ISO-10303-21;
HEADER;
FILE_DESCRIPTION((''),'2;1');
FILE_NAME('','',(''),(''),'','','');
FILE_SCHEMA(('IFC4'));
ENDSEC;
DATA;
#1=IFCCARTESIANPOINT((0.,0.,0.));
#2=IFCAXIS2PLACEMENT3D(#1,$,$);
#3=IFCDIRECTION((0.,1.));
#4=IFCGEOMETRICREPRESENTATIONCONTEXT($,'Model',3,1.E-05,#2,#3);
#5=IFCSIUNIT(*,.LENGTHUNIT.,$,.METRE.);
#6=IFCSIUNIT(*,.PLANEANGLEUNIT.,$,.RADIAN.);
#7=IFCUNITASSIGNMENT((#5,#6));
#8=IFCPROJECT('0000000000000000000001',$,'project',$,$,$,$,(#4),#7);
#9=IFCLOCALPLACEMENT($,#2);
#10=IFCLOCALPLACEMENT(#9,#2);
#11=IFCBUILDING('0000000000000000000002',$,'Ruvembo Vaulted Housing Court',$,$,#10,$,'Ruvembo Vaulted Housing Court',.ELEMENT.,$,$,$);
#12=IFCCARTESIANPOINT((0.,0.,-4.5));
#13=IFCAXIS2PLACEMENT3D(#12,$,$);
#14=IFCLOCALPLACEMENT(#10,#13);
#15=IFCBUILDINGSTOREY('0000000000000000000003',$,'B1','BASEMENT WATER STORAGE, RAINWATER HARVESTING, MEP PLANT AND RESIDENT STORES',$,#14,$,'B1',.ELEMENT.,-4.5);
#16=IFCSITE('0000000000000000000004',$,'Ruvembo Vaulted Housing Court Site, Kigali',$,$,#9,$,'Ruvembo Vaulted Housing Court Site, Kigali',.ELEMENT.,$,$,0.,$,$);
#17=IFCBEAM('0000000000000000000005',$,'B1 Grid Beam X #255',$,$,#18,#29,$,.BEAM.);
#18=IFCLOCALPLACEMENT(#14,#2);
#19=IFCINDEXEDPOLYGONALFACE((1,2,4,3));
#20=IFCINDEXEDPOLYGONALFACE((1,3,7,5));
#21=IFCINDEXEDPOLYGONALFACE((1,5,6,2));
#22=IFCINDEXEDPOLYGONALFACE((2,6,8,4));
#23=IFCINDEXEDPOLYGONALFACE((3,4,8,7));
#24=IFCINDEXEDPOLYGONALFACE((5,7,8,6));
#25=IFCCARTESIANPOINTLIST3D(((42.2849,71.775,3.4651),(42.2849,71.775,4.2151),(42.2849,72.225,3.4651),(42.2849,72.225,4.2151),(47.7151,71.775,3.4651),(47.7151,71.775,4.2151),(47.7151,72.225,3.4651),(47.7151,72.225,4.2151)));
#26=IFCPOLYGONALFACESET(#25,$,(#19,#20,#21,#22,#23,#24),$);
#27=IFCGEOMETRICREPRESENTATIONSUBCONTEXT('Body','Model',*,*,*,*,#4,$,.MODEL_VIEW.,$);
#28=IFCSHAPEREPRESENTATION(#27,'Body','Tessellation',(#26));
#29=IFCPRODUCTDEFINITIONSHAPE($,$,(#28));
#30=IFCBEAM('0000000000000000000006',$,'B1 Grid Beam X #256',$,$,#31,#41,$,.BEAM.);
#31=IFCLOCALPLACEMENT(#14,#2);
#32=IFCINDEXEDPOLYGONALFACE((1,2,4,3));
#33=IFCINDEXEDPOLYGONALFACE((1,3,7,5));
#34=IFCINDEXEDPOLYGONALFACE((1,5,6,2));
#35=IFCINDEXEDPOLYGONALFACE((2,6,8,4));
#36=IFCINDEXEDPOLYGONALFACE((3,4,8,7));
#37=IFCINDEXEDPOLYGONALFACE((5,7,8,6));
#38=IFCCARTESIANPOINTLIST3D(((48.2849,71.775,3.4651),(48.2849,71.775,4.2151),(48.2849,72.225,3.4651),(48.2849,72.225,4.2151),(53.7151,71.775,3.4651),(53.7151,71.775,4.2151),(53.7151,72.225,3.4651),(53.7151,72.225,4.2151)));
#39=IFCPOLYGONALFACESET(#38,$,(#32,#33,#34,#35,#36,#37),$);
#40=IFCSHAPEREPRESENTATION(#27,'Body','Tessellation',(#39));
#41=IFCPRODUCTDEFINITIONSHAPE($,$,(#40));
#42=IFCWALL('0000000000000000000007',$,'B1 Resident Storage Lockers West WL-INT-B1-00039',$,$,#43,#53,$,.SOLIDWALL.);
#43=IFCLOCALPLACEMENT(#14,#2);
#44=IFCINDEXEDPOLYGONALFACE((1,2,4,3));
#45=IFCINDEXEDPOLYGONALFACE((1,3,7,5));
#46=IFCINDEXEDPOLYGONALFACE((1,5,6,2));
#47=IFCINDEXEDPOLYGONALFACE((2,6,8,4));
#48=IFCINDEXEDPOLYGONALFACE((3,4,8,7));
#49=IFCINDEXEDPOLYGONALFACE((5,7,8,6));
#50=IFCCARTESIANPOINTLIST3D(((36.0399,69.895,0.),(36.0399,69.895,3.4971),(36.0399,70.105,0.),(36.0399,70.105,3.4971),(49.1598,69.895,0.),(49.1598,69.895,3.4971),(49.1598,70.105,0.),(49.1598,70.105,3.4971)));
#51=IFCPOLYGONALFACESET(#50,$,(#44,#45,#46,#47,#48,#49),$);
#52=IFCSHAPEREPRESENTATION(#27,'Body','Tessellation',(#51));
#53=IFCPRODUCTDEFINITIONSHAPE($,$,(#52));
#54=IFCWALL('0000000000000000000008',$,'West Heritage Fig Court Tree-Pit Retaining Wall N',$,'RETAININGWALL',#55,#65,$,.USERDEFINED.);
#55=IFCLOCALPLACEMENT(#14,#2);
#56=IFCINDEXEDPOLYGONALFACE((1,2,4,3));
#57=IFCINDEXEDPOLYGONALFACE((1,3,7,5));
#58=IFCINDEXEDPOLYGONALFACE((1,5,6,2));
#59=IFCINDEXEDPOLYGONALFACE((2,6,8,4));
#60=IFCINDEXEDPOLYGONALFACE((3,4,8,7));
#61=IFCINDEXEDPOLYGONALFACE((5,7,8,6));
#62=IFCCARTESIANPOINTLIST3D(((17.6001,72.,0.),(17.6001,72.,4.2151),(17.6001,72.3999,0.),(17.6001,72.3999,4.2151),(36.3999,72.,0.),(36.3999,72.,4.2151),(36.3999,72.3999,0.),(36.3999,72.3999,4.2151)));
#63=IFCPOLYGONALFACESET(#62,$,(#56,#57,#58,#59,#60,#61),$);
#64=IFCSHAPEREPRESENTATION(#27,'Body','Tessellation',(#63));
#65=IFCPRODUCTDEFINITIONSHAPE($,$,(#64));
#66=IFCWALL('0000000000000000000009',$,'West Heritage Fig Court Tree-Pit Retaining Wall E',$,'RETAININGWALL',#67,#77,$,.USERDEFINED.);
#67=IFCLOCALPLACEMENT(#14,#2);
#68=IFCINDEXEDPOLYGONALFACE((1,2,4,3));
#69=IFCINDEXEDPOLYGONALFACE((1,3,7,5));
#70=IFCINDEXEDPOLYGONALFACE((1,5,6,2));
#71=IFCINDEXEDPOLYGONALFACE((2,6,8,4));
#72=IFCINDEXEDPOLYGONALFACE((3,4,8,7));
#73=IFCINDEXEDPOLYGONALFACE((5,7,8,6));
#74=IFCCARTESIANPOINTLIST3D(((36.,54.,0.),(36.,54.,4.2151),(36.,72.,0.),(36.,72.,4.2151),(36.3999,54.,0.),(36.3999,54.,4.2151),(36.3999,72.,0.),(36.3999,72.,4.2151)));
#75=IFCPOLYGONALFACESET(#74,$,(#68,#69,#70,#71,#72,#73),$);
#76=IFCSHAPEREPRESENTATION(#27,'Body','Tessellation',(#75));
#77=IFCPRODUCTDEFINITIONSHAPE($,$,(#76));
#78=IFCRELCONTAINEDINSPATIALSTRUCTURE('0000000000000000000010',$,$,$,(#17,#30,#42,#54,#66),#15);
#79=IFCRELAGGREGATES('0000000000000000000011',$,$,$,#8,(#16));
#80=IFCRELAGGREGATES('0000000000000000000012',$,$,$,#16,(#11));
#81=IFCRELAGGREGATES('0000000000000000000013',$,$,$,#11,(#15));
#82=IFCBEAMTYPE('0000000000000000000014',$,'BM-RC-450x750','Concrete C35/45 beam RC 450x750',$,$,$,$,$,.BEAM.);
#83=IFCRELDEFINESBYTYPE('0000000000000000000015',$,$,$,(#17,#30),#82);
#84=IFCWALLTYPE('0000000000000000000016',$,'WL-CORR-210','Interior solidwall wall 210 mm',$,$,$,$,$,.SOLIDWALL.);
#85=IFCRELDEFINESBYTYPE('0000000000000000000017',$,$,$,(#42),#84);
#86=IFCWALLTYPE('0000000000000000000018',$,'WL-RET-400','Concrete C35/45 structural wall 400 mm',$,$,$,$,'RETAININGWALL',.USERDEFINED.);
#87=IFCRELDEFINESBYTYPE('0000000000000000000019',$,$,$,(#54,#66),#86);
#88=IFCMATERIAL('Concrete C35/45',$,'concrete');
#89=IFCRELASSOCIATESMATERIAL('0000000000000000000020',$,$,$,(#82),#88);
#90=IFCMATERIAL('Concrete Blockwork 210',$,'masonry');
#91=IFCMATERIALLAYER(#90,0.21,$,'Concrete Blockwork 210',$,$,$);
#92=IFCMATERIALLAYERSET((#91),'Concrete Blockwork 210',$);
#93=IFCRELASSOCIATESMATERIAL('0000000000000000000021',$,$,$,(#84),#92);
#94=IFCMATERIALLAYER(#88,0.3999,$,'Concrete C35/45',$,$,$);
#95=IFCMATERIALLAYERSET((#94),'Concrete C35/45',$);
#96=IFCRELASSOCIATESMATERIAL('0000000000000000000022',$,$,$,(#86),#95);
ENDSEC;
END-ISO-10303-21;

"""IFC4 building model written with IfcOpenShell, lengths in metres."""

from ifc_helpers import new_model, si_unit, direction, frame, frame_2d, origin, origin_2d, place, context, subcontext, project, spatial, rectangle, extrude, material, layer, layer_set, material_profile, profile_set, type_object, element, save


model = new_model("IFC4")

# Units and contexts
model_context = context("Model", 3, precision=1e-05, world=origin(), true_north=direction((0.0, 1.0)))
body_context = subcontext(model_context, "Body", "Model", "MODEL_VIEW")
ifc_project = project(units=[si_unit("LENGTHUNIT", "METRE"), si_unit("PLANEANGLEUNIT", "RADIAN")], contexts=[model_context])

# Site, building, storey
site_placement = place(None, origin())
site = spatial("IfcSite", under=ifc_project, at=site_placement, Name="Ruvembo Vaulted Housing Court Site, Kigali", LongName="Ruvembo Vaulted Housing Court Site, Kigali", CompositionType="ELEMENT", RefElevation=0.0)
building_placement = place(site_placement, origin())
building = spatial("IfcBuilding", under=site, at=building_placement, Name="Ruvembo Vaulted Housing Court", LongName="Ruvembo Vaulted Housing Court", CompositionType="ELEMENT")
storey_placement = place(building_placement, frame((0.0, 0.0, -4.5)))
storey = spatial("IfcBuildingStorey", under=building, at=storey_placement, Name="B1", Description="BASEMENT WATER STORAGE, RAINWATER HARVESTING, MEP PLANT AND RESIDENT STORES", LongName="B1", CompositionType="ELEMENT", Elevation=-4.5)

# Shared definitions
ifc_material_1 = material(Name="Concrete C35/45", Category="concrete")

# Beams
ifc_material_profile_1 = material_profile(ifc_material_1, rectangle(XDim=0.45, YDim=0.75, at=origin_2d()), Name="RC 450x750")
ifc_profile_set_1 = profile_set([ifc_material_profile_1], Name="Concrete C35/45")
beam_type_1 = type_object("IfcBeamType", Name="BM-RC-450x750", Description="Concrete C35/45 beam RC 450x750", PredefinedType="BEAM", material=ifc_profile_set_1)
for number, where, z_axis, x_axis, name in (
    (1, (42.2849, 72.0, 3.8401), (1.0, 0.0, 0.0), (0.0, 1.0, 0.0), "B1 Grid Beam X #255"),
    (2, (48.2849, 72.0, 3.8401), (1.0, 0.0, 0.0), (0.0, 1.0, 0.0), "B1 Grid Beam X #256"),
):
    element("IfcBeam", number, at=place(storey_placement, frame(where, z_axis=z_axis, x_axis=x_axis)), inside=storey, type_object=beam_type_1, Name=name, PredefinedType="BEAM", context=body_context, shape_type="SweptSolid", body=[
        extrude(rectangle(XDim=0.45, YDim=0.75, at=origin_2d()), origin(), (0.0, 0.0, 1.0), 5.4302),
    ])

# Walls
ifc_material_2 = material(Name="Concrete Blockwork 210", Category="masonry")
ifc_layer_1 = layer(ifc_material_2, 0.21, Name="Concrete Blockwork 210")
ifc_layer_set_1 = layer_set([ifc_layer_1], Name="Concrete Blockwork 210")
wall_type_1 = type_object("IfcWallType", Name="WL-CORR-210", Description="Interior solidwall wall 210 mm", PredefinedType="SOLIDWALL", material=ifc_layer_set_1)
wall_1_placement = place(storey_placement, frame((49.1599, 70.0, 0.0), z_axis=(0.0, 0.0, 1.0), x_axis=(-1.0, 0.0, 0.0)))
element("IfcWall", 3, at=wall_1_placement, inside=storey, type_object=wall_type_1, Name="B1 Resident Storage Lockers West WL-INT-B1-00039", PredefinedType="SOLIDWALL", context=body_context, shape_type="SweptSolid", body=[
    extrude(rectangle(XDim=13.1199, YDim=0.21, at=frame_2d((6.5601, 0.0))), origin(), (0.0, 0.0, 1.0), 3.4971),
])
ifc_layer_2 = layer(ifc_material_1, 0.3999, Name="Concrete C35/45")
ifc_layer_set_2 = layer_set([ifc_layer_2], Name="Concrete C35/45")
wall_type_2 = type_object("IfcWallType", Name="WL-RET-400", Description="Concrete C35/45 structural wall 400 mm", ElementType="RETAININGWALL", PredefinedType="USERDEFINED", material=ifc_layer_set_2)
wall_2_placement = place(storey_placement, frame((36.3999, 72.2, 0.0), z_axis=(0.0, 0.0, 1.0), x_axis=(-1.0, 0.0, 0.0)))
element("IfcWall", 4, at=wall_2_placement, inside=storey, type_object=wall_type_2, Name="West Heritage Fig Court Tree-Pit Retaining Wall N", ObjectType="RETAININGWALL", PredefinedType="USERDEFINED", context=body_context, shape_type="SweptSolid", body=[
    extrude(rectangle(XDim=18.7998, YDim=0.3999, at=frame_2d((9.3999, 0.0))), origin(), (0.0, 0.0, 1.0), 4.2151),
])
wall_3_placement = place(storey_placement, frame((36.2, 72.0, 0.0), z_axis=(0.0, 0.0, 1.0), x_axis=(0.0, -1.0, 0.0)))
element("IfcWall", 5, at=wall_3_placement, inside=storey, type_object=wall_type_2, Name="West Heritage Fig Court Tree-Pit Retaining Wall E", ObjectType="RETAININGWALL", PredefinedType="USERDEFINED", context=body_context, shape_type="SweptSolid", body=[
    extrude(rectangle(XDim=18.0, YDim=0.3999, at=frame_2d((9.0, 0.0))), origin(), (0.0, 0.0, 1.0), 4.2151),
])

save(model, "model.ifc")
